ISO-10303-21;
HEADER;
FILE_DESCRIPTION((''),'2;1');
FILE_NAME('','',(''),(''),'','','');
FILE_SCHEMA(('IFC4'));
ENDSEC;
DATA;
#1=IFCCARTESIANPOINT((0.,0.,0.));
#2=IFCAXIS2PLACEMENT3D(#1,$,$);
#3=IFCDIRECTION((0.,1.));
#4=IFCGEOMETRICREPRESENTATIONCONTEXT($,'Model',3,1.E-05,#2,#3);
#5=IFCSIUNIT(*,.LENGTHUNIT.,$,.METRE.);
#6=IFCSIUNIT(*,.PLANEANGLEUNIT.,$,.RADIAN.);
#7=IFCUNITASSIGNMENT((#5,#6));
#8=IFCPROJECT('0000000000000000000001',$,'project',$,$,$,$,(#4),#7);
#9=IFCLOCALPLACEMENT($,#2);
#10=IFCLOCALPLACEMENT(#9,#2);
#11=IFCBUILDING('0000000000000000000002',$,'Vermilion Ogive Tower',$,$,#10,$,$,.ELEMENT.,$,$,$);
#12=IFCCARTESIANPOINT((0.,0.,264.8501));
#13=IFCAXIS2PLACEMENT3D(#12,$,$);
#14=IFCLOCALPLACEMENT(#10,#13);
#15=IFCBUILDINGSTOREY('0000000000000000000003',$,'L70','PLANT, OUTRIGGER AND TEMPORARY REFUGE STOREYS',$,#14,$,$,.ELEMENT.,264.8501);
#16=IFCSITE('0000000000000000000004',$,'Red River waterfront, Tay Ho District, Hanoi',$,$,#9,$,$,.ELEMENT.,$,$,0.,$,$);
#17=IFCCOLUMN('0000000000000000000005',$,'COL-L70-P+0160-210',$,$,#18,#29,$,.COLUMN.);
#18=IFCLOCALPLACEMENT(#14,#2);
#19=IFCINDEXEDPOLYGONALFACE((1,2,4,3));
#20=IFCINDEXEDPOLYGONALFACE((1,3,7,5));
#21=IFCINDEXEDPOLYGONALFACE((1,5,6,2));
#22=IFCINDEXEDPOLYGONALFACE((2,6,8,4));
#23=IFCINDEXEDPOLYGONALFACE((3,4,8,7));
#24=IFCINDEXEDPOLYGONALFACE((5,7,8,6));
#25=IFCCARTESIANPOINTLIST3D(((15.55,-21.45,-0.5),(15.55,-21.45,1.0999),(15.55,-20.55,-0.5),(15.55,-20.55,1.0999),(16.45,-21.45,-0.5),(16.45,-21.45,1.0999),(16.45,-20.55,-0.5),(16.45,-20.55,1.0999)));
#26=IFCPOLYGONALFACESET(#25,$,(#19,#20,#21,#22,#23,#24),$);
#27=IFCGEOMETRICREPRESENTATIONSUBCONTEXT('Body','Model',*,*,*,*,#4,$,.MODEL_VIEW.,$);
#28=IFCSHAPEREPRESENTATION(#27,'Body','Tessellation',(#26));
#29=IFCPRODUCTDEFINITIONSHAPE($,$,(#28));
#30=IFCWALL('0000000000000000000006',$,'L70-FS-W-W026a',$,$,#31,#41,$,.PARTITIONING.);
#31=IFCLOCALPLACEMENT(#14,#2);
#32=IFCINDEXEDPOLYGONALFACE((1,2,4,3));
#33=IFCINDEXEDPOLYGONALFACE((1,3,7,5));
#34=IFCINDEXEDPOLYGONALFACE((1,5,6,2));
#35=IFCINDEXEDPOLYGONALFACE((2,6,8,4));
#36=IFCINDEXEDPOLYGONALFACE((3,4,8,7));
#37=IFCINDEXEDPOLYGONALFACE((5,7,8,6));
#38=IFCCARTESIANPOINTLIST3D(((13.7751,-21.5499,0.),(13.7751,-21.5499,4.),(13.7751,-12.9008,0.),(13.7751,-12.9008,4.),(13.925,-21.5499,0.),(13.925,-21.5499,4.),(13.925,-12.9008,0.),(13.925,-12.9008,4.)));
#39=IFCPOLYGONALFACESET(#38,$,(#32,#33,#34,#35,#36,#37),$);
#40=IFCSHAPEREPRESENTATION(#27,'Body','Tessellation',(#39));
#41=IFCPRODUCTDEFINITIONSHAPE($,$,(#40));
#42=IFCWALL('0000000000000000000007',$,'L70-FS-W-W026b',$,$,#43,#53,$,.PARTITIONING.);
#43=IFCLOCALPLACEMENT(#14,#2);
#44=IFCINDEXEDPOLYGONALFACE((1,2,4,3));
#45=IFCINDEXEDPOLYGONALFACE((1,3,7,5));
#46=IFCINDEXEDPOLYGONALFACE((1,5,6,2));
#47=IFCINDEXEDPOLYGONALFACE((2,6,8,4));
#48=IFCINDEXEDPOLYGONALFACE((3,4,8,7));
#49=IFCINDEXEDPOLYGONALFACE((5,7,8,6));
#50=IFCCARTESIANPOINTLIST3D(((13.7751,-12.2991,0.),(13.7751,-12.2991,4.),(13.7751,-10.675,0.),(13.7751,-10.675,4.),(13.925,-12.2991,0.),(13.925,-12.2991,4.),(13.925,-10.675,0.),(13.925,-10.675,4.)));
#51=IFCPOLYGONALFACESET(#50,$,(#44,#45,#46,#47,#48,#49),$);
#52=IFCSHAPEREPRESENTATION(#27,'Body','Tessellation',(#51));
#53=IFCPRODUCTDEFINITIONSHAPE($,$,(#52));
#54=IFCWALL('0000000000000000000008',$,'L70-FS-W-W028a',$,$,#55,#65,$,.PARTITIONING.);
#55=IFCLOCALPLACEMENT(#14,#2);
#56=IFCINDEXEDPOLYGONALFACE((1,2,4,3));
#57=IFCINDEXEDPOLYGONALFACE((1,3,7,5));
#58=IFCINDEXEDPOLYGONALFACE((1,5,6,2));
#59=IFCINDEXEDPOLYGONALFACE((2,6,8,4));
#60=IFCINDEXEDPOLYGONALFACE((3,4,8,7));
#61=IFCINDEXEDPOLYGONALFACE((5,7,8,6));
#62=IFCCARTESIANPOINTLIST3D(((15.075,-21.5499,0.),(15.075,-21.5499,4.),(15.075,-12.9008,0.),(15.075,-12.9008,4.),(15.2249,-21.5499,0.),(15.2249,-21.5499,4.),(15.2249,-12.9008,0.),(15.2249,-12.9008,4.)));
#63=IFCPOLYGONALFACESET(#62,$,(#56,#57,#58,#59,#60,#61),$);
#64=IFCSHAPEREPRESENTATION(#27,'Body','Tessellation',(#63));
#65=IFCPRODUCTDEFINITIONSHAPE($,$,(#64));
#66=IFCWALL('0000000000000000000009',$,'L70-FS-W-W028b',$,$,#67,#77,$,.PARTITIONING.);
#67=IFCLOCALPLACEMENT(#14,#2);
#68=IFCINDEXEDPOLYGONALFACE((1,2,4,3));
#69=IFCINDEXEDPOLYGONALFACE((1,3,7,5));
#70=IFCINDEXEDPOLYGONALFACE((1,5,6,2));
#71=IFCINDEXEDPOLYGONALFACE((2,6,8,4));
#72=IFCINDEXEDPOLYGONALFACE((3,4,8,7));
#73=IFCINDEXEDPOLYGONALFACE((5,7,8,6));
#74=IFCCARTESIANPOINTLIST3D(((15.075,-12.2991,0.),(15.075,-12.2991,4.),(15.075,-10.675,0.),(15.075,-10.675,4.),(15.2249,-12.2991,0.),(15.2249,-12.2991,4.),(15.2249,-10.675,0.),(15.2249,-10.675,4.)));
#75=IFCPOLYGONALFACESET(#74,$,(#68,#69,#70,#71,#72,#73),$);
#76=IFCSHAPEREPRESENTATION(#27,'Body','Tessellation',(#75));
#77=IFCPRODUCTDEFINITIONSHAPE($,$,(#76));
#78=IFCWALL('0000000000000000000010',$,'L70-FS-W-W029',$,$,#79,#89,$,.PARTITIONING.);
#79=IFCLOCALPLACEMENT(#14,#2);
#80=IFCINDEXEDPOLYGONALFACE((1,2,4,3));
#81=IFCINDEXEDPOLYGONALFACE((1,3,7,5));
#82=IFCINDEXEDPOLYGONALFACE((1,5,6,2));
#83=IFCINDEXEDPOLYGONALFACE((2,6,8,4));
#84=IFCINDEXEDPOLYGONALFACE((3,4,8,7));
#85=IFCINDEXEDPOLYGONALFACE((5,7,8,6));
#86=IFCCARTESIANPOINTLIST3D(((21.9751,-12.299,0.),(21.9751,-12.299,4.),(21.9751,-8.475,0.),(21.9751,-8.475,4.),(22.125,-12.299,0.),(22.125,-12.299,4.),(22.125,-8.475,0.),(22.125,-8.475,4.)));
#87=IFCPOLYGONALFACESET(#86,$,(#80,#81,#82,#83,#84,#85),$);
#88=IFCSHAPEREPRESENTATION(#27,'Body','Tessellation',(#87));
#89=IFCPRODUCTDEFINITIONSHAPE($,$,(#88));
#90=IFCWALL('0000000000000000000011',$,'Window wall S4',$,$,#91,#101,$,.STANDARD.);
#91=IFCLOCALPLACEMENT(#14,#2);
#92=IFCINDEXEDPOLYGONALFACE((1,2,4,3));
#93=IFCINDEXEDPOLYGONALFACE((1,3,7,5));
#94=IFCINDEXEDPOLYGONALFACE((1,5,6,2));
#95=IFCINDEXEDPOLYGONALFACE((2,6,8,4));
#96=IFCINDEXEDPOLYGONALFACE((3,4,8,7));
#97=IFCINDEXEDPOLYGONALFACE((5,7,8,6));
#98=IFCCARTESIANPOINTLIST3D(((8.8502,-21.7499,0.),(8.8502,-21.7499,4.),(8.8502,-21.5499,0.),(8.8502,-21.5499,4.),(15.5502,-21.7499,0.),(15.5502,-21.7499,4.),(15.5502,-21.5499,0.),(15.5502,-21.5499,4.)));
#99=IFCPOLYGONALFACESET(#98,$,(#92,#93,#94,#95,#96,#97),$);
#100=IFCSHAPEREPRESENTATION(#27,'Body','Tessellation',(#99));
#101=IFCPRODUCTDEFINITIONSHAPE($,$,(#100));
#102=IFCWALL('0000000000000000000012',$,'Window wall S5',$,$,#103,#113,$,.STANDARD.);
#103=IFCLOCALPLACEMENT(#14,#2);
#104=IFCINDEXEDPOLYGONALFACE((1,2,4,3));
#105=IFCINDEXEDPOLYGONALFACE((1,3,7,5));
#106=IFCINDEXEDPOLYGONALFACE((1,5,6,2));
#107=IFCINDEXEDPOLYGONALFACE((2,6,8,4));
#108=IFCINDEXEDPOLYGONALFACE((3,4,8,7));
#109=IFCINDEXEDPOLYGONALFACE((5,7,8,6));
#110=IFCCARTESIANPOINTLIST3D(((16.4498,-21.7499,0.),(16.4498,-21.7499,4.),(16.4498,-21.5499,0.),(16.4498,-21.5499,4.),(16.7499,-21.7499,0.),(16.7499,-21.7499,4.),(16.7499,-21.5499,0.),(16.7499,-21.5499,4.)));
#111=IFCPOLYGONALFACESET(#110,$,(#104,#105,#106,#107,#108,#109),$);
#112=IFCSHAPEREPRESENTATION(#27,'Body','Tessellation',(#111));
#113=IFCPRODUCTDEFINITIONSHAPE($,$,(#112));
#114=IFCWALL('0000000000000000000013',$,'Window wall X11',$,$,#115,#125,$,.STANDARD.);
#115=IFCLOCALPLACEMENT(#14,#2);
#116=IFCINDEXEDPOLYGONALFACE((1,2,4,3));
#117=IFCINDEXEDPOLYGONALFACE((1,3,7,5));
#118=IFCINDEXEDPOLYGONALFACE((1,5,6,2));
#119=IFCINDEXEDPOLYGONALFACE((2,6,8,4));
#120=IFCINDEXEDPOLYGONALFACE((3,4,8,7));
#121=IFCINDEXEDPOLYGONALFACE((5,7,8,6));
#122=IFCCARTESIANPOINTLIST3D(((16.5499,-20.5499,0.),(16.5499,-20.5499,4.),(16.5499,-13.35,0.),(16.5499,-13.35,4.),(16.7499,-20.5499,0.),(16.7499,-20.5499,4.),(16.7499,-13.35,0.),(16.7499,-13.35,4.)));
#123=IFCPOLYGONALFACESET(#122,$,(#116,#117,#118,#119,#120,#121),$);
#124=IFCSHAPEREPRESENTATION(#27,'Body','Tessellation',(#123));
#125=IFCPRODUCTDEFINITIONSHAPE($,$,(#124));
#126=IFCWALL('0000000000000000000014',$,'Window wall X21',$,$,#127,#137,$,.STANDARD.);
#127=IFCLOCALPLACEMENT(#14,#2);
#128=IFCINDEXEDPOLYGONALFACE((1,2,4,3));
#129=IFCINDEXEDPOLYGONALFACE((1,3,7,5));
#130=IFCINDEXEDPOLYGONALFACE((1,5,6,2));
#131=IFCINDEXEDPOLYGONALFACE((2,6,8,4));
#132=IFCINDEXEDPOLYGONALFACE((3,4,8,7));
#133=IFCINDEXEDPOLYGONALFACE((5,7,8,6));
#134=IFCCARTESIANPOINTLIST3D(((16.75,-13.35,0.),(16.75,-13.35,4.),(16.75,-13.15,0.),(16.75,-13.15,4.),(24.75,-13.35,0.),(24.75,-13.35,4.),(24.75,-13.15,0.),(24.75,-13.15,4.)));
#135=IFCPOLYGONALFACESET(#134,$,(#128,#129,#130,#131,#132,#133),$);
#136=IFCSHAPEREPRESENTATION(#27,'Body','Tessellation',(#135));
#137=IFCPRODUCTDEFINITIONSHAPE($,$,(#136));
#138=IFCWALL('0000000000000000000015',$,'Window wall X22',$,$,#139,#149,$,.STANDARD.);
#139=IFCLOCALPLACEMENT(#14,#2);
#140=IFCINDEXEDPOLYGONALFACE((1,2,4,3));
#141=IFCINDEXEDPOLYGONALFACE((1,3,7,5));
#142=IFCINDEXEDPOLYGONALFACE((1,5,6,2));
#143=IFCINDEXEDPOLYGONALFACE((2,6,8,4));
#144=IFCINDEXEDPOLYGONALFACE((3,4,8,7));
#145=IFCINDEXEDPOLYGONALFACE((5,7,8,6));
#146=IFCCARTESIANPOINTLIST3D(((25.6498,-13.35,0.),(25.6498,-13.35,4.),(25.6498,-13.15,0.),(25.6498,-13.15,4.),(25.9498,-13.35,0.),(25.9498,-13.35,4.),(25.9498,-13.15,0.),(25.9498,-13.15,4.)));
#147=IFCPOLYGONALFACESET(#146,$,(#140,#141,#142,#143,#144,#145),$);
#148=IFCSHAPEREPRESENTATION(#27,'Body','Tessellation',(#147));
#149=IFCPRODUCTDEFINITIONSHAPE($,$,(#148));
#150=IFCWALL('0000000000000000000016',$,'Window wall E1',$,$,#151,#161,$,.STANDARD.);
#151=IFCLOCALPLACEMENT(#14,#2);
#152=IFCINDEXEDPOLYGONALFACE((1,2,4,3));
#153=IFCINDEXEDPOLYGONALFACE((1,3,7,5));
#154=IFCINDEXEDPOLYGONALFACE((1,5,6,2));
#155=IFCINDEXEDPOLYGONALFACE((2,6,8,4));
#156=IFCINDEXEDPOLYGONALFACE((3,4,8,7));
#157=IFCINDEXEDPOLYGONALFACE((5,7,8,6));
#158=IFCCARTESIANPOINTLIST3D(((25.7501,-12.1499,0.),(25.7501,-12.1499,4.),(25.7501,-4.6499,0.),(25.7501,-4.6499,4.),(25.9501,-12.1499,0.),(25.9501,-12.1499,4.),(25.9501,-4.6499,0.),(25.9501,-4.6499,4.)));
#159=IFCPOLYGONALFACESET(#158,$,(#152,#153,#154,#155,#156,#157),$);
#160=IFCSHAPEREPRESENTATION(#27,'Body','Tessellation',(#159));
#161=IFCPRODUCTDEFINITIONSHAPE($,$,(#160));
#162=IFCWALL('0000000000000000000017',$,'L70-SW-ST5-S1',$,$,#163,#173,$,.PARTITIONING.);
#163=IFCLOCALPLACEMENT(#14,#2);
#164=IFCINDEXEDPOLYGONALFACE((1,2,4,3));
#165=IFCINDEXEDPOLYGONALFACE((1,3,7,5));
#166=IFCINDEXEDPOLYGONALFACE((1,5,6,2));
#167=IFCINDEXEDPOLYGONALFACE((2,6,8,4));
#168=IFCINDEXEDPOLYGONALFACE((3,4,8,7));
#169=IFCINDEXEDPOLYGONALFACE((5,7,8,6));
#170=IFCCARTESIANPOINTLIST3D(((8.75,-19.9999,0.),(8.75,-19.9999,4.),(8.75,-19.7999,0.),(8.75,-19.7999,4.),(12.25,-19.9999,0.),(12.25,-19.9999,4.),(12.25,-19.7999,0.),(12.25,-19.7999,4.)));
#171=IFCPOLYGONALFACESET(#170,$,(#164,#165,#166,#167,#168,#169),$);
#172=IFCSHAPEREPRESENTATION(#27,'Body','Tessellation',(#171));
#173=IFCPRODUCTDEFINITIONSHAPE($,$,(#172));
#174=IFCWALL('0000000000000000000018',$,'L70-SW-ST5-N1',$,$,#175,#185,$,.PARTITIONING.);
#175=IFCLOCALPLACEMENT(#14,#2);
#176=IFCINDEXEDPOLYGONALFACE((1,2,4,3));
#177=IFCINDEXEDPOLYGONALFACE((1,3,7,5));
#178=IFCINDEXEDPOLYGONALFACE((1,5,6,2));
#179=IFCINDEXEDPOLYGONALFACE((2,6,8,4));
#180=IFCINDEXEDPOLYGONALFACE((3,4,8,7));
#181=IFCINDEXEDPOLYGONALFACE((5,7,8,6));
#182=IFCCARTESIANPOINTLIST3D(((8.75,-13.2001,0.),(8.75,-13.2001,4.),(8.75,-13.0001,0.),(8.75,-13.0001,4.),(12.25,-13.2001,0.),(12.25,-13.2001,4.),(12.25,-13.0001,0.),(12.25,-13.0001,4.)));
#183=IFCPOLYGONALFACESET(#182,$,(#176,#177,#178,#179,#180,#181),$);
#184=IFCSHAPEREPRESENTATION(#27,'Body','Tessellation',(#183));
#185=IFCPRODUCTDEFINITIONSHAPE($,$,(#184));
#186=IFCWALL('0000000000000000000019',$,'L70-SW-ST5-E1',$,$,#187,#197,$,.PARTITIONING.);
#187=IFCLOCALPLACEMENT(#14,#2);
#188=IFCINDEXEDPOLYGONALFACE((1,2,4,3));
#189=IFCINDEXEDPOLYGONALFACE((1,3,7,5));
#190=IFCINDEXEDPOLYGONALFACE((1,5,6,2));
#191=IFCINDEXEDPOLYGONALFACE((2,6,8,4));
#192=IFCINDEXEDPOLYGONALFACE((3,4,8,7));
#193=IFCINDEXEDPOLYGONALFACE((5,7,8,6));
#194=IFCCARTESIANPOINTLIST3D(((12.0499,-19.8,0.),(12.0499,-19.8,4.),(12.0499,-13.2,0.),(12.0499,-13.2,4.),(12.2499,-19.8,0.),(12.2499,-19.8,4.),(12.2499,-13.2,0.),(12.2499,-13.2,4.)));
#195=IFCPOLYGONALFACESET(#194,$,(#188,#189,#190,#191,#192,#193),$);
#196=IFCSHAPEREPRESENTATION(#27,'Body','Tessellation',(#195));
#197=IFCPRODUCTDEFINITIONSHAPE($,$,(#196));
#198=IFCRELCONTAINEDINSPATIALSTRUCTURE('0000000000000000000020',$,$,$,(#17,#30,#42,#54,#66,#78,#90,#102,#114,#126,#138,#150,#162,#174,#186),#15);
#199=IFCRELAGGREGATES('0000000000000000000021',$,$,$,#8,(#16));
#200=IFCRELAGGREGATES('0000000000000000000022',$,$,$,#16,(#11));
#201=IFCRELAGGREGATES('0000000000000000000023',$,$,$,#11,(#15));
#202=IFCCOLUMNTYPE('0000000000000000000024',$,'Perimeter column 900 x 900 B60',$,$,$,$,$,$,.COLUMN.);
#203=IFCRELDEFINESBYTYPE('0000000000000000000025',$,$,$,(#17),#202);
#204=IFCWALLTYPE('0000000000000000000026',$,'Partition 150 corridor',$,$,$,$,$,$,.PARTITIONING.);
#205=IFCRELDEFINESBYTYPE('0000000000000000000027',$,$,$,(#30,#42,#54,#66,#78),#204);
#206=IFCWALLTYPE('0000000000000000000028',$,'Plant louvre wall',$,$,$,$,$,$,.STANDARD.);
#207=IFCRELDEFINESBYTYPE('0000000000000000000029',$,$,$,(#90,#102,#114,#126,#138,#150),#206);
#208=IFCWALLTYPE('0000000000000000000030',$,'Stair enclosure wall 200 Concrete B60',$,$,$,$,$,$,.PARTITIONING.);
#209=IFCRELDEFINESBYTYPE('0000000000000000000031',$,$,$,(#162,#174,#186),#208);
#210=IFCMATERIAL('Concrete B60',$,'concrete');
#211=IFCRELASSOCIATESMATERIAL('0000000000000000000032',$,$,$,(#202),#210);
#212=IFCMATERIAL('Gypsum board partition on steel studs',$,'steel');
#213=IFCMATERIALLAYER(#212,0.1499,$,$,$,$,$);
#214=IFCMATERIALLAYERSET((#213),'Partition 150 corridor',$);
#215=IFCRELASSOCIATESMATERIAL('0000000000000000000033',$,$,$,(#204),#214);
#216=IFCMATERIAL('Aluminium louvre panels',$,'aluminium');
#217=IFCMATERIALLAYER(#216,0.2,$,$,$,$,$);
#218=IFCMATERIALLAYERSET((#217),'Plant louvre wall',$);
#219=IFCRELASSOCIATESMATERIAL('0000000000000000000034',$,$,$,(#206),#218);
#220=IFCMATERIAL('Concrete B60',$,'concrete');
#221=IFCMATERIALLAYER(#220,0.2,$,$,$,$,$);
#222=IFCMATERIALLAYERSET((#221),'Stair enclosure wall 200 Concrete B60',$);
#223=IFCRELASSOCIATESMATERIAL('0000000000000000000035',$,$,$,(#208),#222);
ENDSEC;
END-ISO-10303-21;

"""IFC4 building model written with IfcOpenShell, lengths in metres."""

from ifc_helpers import new_model, si_unit, direction, frame, frame_2d, origin, origin_2d, place, context, subcontext, project, spatial, rectangle, extrude, material, layer, layer_set, material_profile, profile_set, type_object, element, save


model = new_model("IFC4")

# Units and contexts
model_context = context("Model", 3, precision=1e-05, world=origin(), true_north=direction((0.0, 1.0)))
body_context = subcontext(model_context, "Body", "Model", "MODEL_VIEW")
ifc_project = project(units=[si_unit("LENGTHUNIT", "METRE"), si_unit("PLANEANGLEUNIT", "RADIAN")], contexts=[model_context])

# Site, building, storey
site_placement = place(None, origin())
site = spatial("IfcSite", under=ifc_project, at=site_placement, Name="Red River waterfront, Tay Ho District, Hanoi", CompositionType="ELEMENT", RefElevation=0.0)
building_placement = place(site_placement, origin())
building = spatial("IfcBuilding", under=site, at=building_placement, Name="Vermilion Ogive Tower", CompositionType="ELEMENT")
storey_placement = place(building_placement, frame((0.0, 0.0, 264.8501)))
storey = spatial("IfcBuildingStorey", under=building, at=storey_placement, Name="L70", Description="PLANT, OUTRIGGER AND TEMPORARY REFUGE STOREYS", CompositionType="ELEMENT", Elevation=264.8501)

# Column
ifc_material_1 = material(Name="Concrete B60", Category="concrete")
ifc_material_profile = material_profile(ifc_material_1, rectangle(XDim=0.8999, YDim=0.8999, at=origin_2d()), Name="900 x 900")
ifc_profile_set = profile_set([ifc_material_profile], Name="Concrete B60")
column_type = type_object("IfcColumnType", Name="Perimeter column 900 x 900 B60", PredefinedType="COLUMN", material=ifc_profile_set)
column_placement = place(storey_placement, frame((16.0, -21.0, -0.5), z_axis=(0.0, 0.0, 1.0), x_axis=(1.0, 0.0, 0.0)))
element("IfcColumn", 1, at=column_placement, inside=storey, type_object=column_type, Name="COL-L70-P+0160-210", PredefinedType="COLUMN", context=body_context, shape_type="SweptSolid", body=[
    extrude(rectangle(XDim=0.8999, YDim=0.8999, at=origin_2d()), origin(), (0.0, 0.0, 1.0), 1.5999),
])

# Walls
ifc_material_2 = material(Name="Gypsum board partition on steel studs", Category="steel")
ifc_layer_1 = layer(ifc_material_2, 0.1499)
ifc_layer_set_1 = layer_set([ifc_layer_1], Name="Partition 150 corridor")
wall_type_1 = type_object("IfcWallType", Name="Partition 150 corridor", PredefinedType="PARTITIONING", material=ifc_layer_set_1)
wall_1_placement = place(storey_placement, frame((13.8501, -21.55, 0.0), z_axis=(0.0, 0.0, 1.0), x_axis=(0.0, 1.0, 0.0)))
element("IfcWall", 2, at=wall_1_placement, inside=storey, type_object=wall_type_1, Name="L70-FS-W-W026a", PredefinedType="PARTITIONING", context=body_context, shape_type="SweptSolid", body=[
    extrude(rectangle(XDim=8.6492, YDim=0.1499, at=frame_2d((4.3247, 0.0))), origin(), (0.0, 0.0, 1.0), 4.0),
])
wall_2_placement = place(storey_placement, frame((13.8501, -12.2991, 0.0), z_axis=(0.0, 0.0, 1.0), x_axis=(0.0, 1.0, 0.0)))
element("IfcWall", 3, at=wall_2_placement, inside=storey, type_object=wall_type_1, Name="L70-FS-W-W026b", PredefinedType="PARTITIONING", context=body_context, shape_type="SweptSolid", body=[
    extrude(rectangle(XDim=1.624, YDim=0.1499, at=frame_2d((0.812, 0.0))), origin(), (0.0, 0.0, 1.0), 4.0),
])
wall_3_placement = place(storey_placement, frame((15.1499, -21.55, 0.0), z_axis=(0.0, 0.0, 1.0), x_axis=(0.0, 1.0, 0.0)))
element("IfcWall", 4, at=wall_3_placement, inside=storey, type_object=wall_type_1, Name="L70-FS-W-W028a", PredefinedType="PARTITIONING", context=body_context, shape_type="SweptSolid", body=[
    extrude(rectangle(XDim=8.6492, YDim=0.1499, at=frame_2d((4.3247, 0.0))), origin(), (0.0, 0.0, 1.0), 4.0),
])
wall_4_placement = place(storey_placement, frame((15.1499, -12.2991, 0.0), z_axis=(0.0, 0.0, 1.0), x_axis=(0.0, 1.0, 0.0)))
element("IfcWall", 5, at=wall_4_placement, inside=storey, type_object=wall_type_1, Name="L70-FS-W-W028b", PredefinedType="PARTITIONING", context=body_context, shape_type="SweptSolid", body=[
    extrude(rectangle(XDim=1.624, YDim=0.1499, at=frame_2d((0.812, 0.0))), origin(), (0.0, 0.0, 1.0), 4.0),
])
wall_5_placement = place(storey_placement, frame((22.05, -12.2991, 0.0), z_axis=(0.0, 0.0, 1.0), x_axis=(0.0, 1.0, 0.0)))
element("IfcWall", 6, at=wall_5_placement, inside=storey, type_object=wall_type_1, Name="L70-FS-W-W029", PredefinedType="PARTITIONING", context=body_context, shape_type="SweptSolid", body=[
    extrude(rectangle(XDim=3.824, YDim=0.1499, at=frame_2d((1.9121, 0.0))), origin(), (0.0, 0.0, 1.0), 4.0),
])
ifc_material_3 = material(Name="Aluminium louvre panels", Category="aluminium")
ifc_layer_2 = layer(ifc_material_3, 0.2)
ifc_layer_set_2 = layer_set([ifc_layer_2], Name="Plant louvre wall")
wall_type_2 = type_object("IfcWallType", Name="Plant louvre wall", PredefinedType="STANDARD", material=ifc_layer_set_2)
wall_6_placement = place(storey_placement, frame((8.8501, -21.6499, 0.0), z_axis=(0.0, 0.0, 1.0), x_axis=(1.0, 0.0, 0.0)))
element("IfcWall", 7, at=wall_6_placement, inside=storey, type_object=wall_type_2, Name="Window wall S4", PredefinedType="STANDARD", context=body_context, shape_type="SweptSolid", body=[
    extrude(rectangle(XDim=6.7, YDim=0.2, at=frame_2d((3.3501, 0.0))), origin(), (0.0, 0.0, 1.0), 4.0),
])
wall_7_placement = place(storey_placement, frame((16.45, -21.6499, 0.0), z_axis=(0.0, 0.0, 1.0), x_axis=(1.0, 0.0, 0.0)))
element("IfcWall", 8, at=wall_7_placement, inside=storey, type_object=wall_type_2, Name="Window wall S5", PredefinedType="STANDARD", context=body_context, shape_type="SweptSolid", body=[
    extrude(rectangle(XDim=0.3, YDim=0.2, at=frame_2d((0.1499, 0.0))), origin(), (0.0, 0.0, 1.0), 4.0),
])
wall_8_placement = place(storey_placement, frame((16.6499, -20.55, 0.0), z_axis=(0.0, 0.0, 1.0), x_axis=(0.0, 1.0, 0.0)))
element("IfcWall", 9, at=wall_8_placement, inside=storey, type_object=wall_type_2, Name="Window wall X11", PredefinedType="STANDARD", context=body_context, shape_type="SweptSolid", body=[
    extrude(rectangle(XDim=7.2, YDim=0.2, at=frame_2d((3.6001, 0.0))), origin(), (0.0, 0.0, 1.0), 4.0),
])
wall_9_placement = place(storey_placement, frame((16.75, -13.25, 0.0), z_axis=(0.0, 0.0, 1.0), x_axis=(1.0, 0.0, 0.0)))
element("IfcWall", 10, at=wall_9_placement, inside=storey, type_object=wall_type_2, Name="Window wall X21", PredefinedType="STANDARD", context=body_context, shape_type="SweptSolid", body=[
    extrude(rectangle(XDim=8.0, YDim=0.2, at=frame_2d((4.0, 0.0))), origin(), (0.0, 0.0, 1.0), 4.0),
])
wall_10_placement = place(storey_placement, frame((25.6499, -13.25, 0.0), z_axis=(0.0, 0.0, 1.0), x_axis=(1.0, 0.0, 0.0)))
element("IfcWall", 11, at=wall_10_placement, inside=storey, type_object=wall_type_2, Name="Window wall X22", PredefinedType="STANDARD", context=body_context, shape_type="SweptSolid", body=[
    extrude(rectangle(XDim=0.3, YDim=0.2, at=frame_2d((0.1499, 0.0))), origin(), (0.0, 0.0, 1.0), 4.0),
])
wall_11_placement = place(storey_placement, frame((25.8501, -12.1499, 0.0), z_axis=(0.0, 0.0, 1.0), x_axis=(0.0, 1.0, 0.0)))
element("IfcWall", 12, at=wall_11_placement, inside=storey, type_object=wall_type_2, Name="Window wall E1", PredefinedType="STANDARD", context=body_context, shape_type="SweptSolid", body=[
    extrude(rectangle(XDim=7.5, YDim=0.2, at=frame_2d((3.75, 0.0))), origin(), (0.0, 0.0, 1.0), 4.0),
])
ifc_material_4 = material(Name="Concrete B60", Category="concrete")
ifc_layer_3 = layer(ifc_material_4, 0.2)
ifc_layer_set_3 = layer_set([ifc_layer_3], Name="Stair enclosure wall 200 Concrete B60")
wall_type_3 = type_object("IfcWallType", Name="Stair enclosure wall 200 Concrete B60", PredefinedType="PARTITIONING", material=ifc_layer_set_3)
for number, where, z_axis, x_axis, name in (
    (13, (8.75, -19.8999, 0.0), (0.0, 0.0, 1.0), (1.0, 0.0, 0.0), "L70-SW-ST5-S1"),
    (14, (8.75, -13.1001, 0.0), (0.0, 0.0, 1.0), (1.0, 0.0, 0.0), "L70-SW-ST5-N1"),
):
    element("IfcWall", number, at=place(storey_placement, frame(where, z_axis=z_axis, x_axis=x_axis)), inside=storey, type_object=wall_type_3, Name=name, PredefinedType="PARTITIONING", context=body_context, shape_type="SweptSolid", body=[
        extrude(rectangle(XDim=3.5, YDim=0.2, at=frame_2d((1.75, 0.0))), origin(), (0.0, 0.0, 1.0), 4.0),
    ])
wall_12_placement = place(storey_placement, frame((12.1499, -19.8, 0.0), z_axis=(0.0, 0.0, 1.0), x_axis=(0.0, 1.0, 0.0)))
element("IfcWall", 15, at=wall_12_placement, inside=storey, type_object=wall_type_3, Name="L70-SW-ST5-E1", PredefinedType="PARTITIONING", context=body_context, shape_type="SweptSolid", body=[
    extrude(rectangle(XDim=6.6001, YDim=0.2, at=frame_2d((3.3, 0.0))), origin(), (0.0, 0.0, 1.0), 4.0),
])

save(model, "model.ifc")
